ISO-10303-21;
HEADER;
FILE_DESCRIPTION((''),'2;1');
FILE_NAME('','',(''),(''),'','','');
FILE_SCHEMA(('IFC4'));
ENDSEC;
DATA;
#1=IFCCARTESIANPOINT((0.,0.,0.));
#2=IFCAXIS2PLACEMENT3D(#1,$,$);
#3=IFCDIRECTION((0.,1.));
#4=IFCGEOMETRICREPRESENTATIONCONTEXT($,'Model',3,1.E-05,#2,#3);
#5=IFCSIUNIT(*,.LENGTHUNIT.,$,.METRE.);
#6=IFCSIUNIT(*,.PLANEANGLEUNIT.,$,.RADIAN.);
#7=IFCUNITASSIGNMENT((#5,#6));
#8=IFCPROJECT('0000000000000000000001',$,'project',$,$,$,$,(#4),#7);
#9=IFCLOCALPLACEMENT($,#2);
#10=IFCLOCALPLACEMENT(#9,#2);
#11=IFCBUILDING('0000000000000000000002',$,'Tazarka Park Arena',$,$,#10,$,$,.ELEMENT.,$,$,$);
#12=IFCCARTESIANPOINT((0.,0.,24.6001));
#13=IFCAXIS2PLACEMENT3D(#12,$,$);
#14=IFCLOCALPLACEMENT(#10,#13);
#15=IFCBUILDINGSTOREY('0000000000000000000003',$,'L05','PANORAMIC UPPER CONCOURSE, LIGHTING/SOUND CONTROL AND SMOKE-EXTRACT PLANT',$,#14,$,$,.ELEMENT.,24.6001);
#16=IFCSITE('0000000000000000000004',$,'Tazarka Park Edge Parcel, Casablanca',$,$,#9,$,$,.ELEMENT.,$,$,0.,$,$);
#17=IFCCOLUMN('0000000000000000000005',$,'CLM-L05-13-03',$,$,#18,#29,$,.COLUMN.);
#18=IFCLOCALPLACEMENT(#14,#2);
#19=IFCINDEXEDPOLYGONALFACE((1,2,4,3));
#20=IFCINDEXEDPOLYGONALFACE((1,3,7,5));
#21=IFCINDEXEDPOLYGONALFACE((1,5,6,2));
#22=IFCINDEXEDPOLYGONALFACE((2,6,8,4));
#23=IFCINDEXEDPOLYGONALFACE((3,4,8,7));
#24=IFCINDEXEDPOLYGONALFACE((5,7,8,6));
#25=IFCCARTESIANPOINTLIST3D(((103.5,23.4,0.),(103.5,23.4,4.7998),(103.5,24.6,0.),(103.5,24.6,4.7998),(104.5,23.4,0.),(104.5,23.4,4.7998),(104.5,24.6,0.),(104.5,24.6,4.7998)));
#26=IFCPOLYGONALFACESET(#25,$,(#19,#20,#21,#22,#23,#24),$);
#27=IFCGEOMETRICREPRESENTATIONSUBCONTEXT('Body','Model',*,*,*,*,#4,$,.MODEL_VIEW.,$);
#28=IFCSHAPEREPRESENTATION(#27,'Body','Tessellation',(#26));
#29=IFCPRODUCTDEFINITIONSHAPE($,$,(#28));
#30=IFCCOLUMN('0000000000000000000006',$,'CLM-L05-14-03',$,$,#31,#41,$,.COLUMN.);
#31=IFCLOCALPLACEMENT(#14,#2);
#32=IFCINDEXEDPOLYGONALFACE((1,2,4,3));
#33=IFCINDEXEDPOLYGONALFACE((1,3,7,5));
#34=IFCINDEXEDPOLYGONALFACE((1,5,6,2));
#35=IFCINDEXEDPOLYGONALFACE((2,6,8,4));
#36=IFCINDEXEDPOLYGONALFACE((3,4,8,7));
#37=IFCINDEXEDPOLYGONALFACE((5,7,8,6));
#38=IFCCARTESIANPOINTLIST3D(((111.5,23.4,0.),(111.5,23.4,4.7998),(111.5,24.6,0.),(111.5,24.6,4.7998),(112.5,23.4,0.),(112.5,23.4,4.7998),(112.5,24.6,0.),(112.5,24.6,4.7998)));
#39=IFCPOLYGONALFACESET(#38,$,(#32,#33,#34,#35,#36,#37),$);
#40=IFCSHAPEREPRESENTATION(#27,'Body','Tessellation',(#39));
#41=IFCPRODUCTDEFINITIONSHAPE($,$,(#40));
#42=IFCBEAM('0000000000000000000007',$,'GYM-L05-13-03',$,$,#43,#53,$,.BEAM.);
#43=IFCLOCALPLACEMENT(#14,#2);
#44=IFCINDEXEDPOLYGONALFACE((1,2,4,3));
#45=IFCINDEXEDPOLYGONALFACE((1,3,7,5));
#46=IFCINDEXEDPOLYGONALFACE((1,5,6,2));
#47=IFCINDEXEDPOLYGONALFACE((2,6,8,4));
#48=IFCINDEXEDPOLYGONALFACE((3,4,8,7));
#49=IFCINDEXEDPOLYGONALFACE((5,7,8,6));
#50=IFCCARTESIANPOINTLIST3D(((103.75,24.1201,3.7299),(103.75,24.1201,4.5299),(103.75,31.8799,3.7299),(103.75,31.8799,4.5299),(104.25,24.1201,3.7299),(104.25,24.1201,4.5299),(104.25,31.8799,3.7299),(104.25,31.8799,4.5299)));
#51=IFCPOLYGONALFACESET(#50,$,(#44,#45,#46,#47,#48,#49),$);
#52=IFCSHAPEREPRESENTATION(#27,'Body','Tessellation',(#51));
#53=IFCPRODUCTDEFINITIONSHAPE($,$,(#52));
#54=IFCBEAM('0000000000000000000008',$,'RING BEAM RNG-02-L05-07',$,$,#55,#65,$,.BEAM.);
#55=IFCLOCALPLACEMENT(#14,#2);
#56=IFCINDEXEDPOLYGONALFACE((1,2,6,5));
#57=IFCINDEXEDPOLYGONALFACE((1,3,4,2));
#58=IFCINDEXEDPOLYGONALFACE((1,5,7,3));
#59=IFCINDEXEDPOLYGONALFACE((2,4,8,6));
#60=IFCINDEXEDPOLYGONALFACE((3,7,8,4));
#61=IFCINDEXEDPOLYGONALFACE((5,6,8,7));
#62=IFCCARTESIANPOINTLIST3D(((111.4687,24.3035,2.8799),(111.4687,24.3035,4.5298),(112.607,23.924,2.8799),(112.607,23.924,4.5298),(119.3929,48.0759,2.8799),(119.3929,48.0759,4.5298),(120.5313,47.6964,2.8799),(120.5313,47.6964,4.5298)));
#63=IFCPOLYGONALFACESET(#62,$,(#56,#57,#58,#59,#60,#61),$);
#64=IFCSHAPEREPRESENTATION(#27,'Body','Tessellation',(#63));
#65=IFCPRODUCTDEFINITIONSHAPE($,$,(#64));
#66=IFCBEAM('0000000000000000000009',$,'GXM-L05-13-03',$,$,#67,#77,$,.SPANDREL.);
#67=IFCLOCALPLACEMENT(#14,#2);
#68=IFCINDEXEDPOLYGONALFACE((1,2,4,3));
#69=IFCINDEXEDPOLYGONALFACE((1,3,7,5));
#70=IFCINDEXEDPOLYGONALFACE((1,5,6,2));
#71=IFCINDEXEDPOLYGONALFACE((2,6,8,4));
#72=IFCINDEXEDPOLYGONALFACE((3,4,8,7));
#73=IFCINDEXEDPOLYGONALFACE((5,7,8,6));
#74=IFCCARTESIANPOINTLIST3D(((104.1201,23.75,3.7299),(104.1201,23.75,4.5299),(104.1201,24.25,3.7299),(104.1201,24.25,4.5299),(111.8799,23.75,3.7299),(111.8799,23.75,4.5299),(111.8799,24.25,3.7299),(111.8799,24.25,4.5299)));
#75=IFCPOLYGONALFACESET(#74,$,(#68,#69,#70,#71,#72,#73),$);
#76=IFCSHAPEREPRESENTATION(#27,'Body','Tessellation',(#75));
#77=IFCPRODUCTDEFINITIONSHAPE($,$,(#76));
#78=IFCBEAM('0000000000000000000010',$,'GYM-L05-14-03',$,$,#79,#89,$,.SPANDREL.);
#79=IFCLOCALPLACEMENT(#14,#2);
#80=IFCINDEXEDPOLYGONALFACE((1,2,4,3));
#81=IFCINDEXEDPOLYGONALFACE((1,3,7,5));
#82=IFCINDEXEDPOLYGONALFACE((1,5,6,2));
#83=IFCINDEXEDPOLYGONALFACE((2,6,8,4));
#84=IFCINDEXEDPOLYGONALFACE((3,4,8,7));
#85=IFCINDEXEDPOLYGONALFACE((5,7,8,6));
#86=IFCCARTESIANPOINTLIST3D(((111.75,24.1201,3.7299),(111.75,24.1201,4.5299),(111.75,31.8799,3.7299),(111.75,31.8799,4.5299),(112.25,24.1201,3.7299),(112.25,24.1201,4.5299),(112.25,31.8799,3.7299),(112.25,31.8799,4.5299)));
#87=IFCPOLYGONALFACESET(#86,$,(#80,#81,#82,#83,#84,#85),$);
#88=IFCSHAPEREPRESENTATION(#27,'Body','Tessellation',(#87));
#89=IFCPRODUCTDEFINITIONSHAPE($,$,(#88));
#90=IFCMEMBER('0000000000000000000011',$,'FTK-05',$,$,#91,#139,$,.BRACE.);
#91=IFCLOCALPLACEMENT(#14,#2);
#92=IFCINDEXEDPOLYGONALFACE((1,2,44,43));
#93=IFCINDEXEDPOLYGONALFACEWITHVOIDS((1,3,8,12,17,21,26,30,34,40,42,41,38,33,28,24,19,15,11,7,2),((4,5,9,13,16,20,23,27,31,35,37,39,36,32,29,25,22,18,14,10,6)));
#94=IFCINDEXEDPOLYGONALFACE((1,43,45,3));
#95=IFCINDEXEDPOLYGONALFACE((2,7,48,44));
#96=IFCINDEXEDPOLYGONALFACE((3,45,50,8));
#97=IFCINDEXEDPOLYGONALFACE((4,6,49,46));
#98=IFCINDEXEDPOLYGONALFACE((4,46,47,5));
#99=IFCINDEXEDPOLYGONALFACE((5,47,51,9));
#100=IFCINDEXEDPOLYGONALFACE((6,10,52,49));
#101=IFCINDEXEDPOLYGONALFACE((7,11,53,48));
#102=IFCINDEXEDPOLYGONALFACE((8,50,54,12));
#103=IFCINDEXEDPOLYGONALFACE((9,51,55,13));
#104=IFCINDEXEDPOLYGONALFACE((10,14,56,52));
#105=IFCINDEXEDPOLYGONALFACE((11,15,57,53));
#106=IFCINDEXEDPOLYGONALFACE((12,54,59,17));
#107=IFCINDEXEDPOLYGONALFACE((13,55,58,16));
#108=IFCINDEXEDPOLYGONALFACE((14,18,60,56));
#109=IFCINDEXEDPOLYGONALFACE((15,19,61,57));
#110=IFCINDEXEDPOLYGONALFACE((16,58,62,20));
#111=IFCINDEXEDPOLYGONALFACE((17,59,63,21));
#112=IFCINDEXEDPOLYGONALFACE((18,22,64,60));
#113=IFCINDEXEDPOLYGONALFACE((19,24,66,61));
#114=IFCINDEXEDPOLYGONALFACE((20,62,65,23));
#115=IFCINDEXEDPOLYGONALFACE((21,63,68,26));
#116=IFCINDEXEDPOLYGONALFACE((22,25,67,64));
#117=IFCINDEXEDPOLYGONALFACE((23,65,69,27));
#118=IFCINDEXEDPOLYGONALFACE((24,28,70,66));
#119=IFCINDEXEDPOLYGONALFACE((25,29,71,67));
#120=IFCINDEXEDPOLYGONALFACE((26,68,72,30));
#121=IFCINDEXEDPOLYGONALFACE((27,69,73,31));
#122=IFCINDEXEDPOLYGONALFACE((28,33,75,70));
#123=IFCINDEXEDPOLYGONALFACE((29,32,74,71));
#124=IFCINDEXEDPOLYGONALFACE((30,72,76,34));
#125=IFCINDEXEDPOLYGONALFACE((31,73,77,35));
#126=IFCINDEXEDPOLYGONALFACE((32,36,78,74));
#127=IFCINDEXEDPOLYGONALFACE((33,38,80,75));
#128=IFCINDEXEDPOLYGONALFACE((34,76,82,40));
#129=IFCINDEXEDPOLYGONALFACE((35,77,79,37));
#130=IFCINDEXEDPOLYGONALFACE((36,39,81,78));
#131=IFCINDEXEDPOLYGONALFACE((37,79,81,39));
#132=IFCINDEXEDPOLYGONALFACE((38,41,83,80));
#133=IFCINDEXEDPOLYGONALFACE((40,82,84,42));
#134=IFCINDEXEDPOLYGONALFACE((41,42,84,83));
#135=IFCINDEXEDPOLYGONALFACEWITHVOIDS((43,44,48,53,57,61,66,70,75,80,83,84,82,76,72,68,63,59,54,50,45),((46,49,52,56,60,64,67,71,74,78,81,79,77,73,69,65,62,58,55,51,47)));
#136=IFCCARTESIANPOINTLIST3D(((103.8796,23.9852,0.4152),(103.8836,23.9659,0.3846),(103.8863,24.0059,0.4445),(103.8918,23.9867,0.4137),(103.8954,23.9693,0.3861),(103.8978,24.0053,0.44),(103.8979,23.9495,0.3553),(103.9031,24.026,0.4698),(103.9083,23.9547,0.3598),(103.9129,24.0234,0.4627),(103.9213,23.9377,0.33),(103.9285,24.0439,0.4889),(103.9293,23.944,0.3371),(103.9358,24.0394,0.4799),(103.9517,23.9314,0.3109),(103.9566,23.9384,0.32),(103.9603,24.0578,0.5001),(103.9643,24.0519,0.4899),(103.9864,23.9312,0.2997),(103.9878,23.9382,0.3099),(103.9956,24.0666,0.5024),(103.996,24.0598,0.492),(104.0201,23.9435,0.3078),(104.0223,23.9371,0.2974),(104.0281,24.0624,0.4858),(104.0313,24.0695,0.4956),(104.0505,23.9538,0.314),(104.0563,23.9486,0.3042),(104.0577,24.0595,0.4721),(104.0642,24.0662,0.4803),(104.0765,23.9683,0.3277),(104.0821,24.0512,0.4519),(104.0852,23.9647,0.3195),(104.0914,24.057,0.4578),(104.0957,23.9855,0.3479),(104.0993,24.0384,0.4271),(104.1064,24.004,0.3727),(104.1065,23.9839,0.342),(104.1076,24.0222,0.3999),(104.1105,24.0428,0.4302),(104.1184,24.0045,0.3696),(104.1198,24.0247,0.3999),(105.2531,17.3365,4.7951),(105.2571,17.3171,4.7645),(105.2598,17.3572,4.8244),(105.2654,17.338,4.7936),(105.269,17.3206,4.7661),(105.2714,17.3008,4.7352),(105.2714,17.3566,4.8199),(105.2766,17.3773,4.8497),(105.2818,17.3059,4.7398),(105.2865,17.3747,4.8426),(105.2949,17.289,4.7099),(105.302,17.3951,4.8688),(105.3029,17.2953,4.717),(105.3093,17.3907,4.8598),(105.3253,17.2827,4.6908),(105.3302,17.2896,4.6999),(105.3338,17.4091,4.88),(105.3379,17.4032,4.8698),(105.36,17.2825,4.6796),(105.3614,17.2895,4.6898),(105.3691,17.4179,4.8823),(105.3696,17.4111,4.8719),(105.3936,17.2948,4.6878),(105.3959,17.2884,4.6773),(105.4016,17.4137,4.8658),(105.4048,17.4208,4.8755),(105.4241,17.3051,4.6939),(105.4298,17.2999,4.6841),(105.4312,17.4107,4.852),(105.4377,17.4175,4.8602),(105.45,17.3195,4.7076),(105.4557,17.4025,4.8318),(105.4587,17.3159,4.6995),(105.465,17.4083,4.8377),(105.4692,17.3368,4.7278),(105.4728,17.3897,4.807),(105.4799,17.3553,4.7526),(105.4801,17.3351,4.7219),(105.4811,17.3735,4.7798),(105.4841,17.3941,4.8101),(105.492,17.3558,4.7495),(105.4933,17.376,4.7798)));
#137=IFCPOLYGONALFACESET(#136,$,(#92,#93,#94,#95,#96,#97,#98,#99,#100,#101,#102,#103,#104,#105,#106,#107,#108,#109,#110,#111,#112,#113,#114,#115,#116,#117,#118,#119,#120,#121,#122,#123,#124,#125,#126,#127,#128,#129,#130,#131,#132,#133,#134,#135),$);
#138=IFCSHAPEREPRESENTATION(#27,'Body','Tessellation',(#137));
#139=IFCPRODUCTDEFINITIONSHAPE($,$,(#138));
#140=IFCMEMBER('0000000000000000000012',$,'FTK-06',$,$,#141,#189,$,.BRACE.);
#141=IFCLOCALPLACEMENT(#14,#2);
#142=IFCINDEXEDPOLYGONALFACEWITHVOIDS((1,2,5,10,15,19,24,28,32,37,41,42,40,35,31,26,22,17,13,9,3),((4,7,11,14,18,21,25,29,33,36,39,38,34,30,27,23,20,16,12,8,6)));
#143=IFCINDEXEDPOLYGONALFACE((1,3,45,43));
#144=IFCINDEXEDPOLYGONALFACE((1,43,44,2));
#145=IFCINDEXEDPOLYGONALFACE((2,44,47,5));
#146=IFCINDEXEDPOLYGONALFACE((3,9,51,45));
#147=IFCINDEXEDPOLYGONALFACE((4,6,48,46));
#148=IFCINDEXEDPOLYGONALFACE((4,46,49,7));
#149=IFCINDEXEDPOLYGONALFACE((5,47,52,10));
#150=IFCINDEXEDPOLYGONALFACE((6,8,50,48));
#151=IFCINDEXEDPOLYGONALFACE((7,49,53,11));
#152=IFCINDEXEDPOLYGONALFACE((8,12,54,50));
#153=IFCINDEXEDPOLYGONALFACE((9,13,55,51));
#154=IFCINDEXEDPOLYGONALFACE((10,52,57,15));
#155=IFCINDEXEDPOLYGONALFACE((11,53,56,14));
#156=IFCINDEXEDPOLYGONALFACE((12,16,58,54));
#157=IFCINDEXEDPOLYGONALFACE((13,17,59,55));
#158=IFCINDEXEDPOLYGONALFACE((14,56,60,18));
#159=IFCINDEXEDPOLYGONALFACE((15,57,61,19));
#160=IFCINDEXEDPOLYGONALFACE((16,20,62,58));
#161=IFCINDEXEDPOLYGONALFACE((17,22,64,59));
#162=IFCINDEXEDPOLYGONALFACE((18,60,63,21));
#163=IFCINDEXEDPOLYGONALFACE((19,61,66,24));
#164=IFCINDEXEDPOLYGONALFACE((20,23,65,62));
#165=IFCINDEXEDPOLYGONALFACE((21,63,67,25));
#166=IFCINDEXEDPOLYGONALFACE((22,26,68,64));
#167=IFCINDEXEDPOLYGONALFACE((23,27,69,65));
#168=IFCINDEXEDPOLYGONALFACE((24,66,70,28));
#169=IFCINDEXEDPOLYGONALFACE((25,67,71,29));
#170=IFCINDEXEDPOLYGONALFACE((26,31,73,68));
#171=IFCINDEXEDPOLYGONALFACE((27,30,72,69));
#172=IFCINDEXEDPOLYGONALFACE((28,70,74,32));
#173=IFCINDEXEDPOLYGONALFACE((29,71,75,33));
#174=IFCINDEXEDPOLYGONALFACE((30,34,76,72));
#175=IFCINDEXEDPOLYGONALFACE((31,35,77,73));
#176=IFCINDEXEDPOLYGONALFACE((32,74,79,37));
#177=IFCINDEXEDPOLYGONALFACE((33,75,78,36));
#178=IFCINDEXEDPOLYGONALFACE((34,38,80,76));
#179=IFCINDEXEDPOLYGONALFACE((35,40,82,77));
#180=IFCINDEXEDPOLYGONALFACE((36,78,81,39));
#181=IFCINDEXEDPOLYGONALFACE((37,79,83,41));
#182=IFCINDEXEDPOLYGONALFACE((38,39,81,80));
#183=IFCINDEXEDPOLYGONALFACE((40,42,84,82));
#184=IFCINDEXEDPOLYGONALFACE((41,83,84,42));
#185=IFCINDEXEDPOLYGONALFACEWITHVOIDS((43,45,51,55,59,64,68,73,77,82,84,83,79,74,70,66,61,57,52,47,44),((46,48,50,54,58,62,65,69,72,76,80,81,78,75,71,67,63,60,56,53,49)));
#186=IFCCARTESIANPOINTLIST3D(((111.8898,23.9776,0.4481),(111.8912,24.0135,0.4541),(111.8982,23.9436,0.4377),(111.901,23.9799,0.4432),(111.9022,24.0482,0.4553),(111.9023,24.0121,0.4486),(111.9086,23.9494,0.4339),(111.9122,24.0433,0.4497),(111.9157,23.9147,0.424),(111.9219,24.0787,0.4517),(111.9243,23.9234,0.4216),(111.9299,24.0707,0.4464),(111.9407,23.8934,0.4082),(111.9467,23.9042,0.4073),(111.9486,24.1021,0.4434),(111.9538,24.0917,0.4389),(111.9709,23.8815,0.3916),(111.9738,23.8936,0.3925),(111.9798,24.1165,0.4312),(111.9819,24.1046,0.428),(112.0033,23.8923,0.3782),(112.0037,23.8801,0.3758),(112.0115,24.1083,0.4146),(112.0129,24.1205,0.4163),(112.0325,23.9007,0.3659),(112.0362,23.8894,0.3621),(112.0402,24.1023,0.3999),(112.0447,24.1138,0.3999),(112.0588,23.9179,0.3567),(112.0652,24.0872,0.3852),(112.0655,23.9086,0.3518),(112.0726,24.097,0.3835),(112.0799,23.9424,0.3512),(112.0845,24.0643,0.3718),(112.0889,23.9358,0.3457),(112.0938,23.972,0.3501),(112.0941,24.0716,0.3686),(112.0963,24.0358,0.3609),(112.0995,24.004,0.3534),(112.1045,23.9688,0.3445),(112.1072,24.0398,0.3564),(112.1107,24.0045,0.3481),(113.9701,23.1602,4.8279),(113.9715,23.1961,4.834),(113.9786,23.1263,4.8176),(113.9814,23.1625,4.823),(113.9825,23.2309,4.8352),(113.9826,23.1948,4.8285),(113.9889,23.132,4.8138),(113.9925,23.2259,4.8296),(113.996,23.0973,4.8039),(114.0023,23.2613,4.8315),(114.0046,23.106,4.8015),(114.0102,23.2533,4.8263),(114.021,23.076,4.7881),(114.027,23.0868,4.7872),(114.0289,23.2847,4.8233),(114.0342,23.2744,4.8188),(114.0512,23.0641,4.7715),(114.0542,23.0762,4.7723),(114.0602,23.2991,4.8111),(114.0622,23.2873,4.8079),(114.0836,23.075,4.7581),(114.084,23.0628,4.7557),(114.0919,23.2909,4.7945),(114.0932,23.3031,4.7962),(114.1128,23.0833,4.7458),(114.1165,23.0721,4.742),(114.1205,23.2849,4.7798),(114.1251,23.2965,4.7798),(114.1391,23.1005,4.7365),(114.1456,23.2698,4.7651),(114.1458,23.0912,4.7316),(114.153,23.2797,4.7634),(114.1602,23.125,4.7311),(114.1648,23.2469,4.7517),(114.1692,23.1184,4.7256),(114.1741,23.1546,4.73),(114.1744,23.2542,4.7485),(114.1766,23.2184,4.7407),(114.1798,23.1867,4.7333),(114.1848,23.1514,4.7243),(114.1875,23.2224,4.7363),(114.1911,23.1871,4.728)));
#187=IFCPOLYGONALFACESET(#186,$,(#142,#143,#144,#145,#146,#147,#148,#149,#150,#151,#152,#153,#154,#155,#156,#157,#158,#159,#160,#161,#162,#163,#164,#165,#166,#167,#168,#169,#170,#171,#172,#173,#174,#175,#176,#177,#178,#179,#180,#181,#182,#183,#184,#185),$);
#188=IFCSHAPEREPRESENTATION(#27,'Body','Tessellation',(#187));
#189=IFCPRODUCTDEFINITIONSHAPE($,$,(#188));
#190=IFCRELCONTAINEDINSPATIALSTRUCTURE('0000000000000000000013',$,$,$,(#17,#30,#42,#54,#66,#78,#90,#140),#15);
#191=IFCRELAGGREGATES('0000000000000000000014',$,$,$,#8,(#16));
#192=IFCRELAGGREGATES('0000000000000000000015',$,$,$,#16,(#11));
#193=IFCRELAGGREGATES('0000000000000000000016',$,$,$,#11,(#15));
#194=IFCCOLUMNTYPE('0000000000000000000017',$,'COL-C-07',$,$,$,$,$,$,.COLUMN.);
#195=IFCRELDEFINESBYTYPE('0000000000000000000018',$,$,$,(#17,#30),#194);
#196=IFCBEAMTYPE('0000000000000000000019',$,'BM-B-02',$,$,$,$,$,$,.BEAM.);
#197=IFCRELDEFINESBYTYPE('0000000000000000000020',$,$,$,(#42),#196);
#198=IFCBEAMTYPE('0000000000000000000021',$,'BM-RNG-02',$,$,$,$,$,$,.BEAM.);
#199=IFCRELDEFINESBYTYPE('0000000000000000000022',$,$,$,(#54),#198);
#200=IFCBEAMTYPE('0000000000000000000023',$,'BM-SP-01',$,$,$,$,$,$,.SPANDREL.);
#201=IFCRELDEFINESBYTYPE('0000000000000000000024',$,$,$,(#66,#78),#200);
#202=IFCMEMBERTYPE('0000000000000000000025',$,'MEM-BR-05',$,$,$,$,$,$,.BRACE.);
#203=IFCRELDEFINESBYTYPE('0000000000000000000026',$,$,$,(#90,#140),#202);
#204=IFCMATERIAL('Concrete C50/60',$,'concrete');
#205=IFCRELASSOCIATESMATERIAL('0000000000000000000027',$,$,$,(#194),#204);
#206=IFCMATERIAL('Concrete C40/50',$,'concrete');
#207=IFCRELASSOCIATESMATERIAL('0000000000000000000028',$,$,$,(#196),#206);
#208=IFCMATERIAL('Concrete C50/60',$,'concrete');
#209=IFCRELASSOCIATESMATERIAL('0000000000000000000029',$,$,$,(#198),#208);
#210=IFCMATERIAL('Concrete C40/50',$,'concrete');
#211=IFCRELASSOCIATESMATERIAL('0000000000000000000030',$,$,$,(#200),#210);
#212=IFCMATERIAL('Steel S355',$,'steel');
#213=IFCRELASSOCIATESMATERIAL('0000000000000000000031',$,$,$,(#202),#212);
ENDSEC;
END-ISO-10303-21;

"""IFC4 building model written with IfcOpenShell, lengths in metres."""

from ifc_helpers import new_model, si_unit, direction, frame, origin, origin_2d, place, context, subcontext, project, spatial, rectangle, hollow_circle, extrude, material, material_profile, profile_set, type_object, element, save


model = new_model("IFC4")

# Units and contexts
model_context = context("Model", 3, precision=1e-05, world=origin(), true_north=direction((0.0, 1.0)))
body_context = subcontext(model_context, "Body", "Model", "MODEL_VIEW")
ifc_project = project(units=[si_unit("LENGTHUNIT", "METRE"), si_unit("PLANEANGLEUNIT", "RADIAN")], contexts=[model_context])

# Site, building, storey
site_placement = place(None, origin())
site = spatial("IfcSite", under=ifc_project, at=site_placement, Name="Tazarka Park Edge Parcel, Casablanca", CompositionType="ELEMENT", RefElevation=0.0)
building_placement = place(site_placement, origin())
building = spatial("IfcBuilding", under=site, at=building_placement, Name="Tazarka Park Arena", CompositionType="ELEMENT")
storey_placement = place(building_placement, frame((0.0, 0.0, 24.6001)))
storey = spatial("IfcBuildingStorey", under=building, at=storey_placement, Name="L05", Description="PANORAMIC UPPER CONCOURSE, LIGHTING/SOUND CONTROL AND SMOKE-EXTRACT PLANT", CompositionType="ELEMENT", Elevation=24.6001)

# Columns
ifc_material_1 = material(Name="Concrete C50/60", Category="concrete")
ifc_material_profile_1 = material_profile(ifc_material_1, rectangle(XDim=1.0, YDim=1.2, at=origin_2d()), Name="Concrete C50/60")
ifc_profile_set_1 = profile_set([ifc_material_profile_1], Name="Concrete C50/60")
column_type = type_object("IfcColumnType", Name="COL-C-07", PredefinedType="COLUMN", material=ifc_profile_set_1)
for number, where, z_axis, x_axis, name in (
    (1, (104.0, 24.0, 0.0), (0.0, 0.0, 1.0), (1.0, 0.0, 0.0), "CLM-L05-13-03"),
    (2, (112.0, 24.0, 0.0), (0.0, 0.0, 1.0), (1.0, 0.0, 0.0), "CLM-L05-14-03"),
):
    element("IfcColumn", number, at=place(storey_placement, frame(where, z_axis=z_axis, x_axis=x_axis)), inside=storey, type_object=column_type, Name=name, PredefinedType="COLUMN", context=body_context, shape_type="SweptSolid", body=[
        extrude(rectangle(XDim=1.0, YDim=1.2, at=origin_2d()), origin(), (0.0, 0.0, 1.0), 4.7998),
    ])

# Beams
ifc_material_2 = material(Name="Concrete C40/50", Category="concrete")
ifc_material_profile_2 = material_profile(ifc_material_2, rectangle(XDim=0.5, YDim=0.8, at=origin_2d()), Name="Concrete C40/50")
ifc_profile_set_2 = profile_set([ifc_material_profile_2], Name="Concrete C40/50")
beam_type_1 = type_object("IfcBeamType", Name="BM-B-02", PredefinedType="BEAM", material=ifc_profile_set_2)
beam_1_placement = place(storey_placement, frame((104.0, 24.1201, 4.1299), z_axis=(0.0, 1.0, 0.0), x_axis=(-1.0, 0.0, 0.0)))
element("IfcBeam", 3, at=beam_1_placement, inside=storey, type_object=beam_type_1, Name="GYM-L05-13-03", PredefinedType="BEAM", context=body_context, shape_type="SweptSolid", body=[
    extrude(rectangle(XDim=0.5, YDim=0.8, at=origin_2d()), origin(), (0.0, 0.0, 1.0), 7.7598),
])
ifc_material_3 = material(Name="Concrete C50/60", Category="concrete")
ifc_material_profile_3 = material_profile(ifc_material_3, rectangle(XDim=1.2, YDim=1.6499, at=origin_2d()), Name="Concrete C50/60")
ifc_profile_set_3 = profile_set([ifc_material_profile_3], Name="Concrete C50/60")
beam_type_2 = type_object("IfcBeamType", Name="BM-RNG-02", PredefinedType="BEAM", material=ifc_profile_set_3)
beam_2_placement = place(storey_placement, frame((112.0378, 24.1138, 3.7048), z_axis=(0.316234, 0.948681, 0.0), x_axis=(-0.948681, 0.316234, 0.0)))
element("IfcBeam", 4, at=beam_2_placement, inside=storey, type_object=beam_type_2, Name="RING BEAM RNG-02-L05-07", PredefinedType="BEAM", context=body_context, shape_type="SweptSolid", body=[
    extrude(rectangle(XDim=1.2, YDim=1.6499, at=origin_2d()), origin(), (0.0, 0.0, 1.0), 25.0583),
])
ifc_material_4 = material(Name="Concrete C40/50", Category="concrete")
ifc_material_profile_4 = material_profile(ifc_material_4, rectangle(XDim=0.5, YDim=0.8, at=origin_2d()), Name="Concrete C40/50")
ifc_profile_set_4 = profile_set([ifc_material_profile_4], Name="Concrete C40/50")
beam_type_3 = type_object("IfcBeamType", Name="BM-SP-01", PredefinedType="SPANDREL", material=ifc_profile_set_4)
for number, where, z_axis, x_axis, name in (
    (5, (104.1201, 24.0, 4.1299), (1.0, 0.0, 0.0), (0.0, 1.0, 0.0), "GXM-L05-13-03"),
    (6, (112.0, 24.1201, 4.1299), (0.0, 1.0, 0.0), (-1.0, 0.0, 0.0), "GYM-L05-14-03"),
):
    element("IfcBeam", number, at=place(storey_placement, frame(where, z_axis=z_axis, x_axis=x_axis)), inside=storey, type_object=beam_type_3, Name=name, PredefinedType="SPANDREL", context=body_context, shape_type="SweptSolid", body=[
        extrude(rectangle(XDim=0.5, YDim=0.8, at=origin_2d()), origin(), (0.0, 0.0, 1.0), 7.7598),
    ])

# Members
ifc_material_5 = material(Name="Steel S355", Category="steel")
ifc_material_profile_5 = material_profile(ifc_material_5, hollow_circle(Radius=0.1223, WallThickness=0.0125, at=origin_2d()), Name="Steel S355")
ifc_profile_set_5 = profile_set([ifc_material_profile_5], Name="Steel S355")
member_type_1 = type_object("IfcMemberType", Name="MEM-BR-05", PredefinedType="BRACE", material=ifc_profile_set_5)
member_1_placement = place(storey_placement, frame((104.0, 24.0, 0.3999), z_axis=(0.170007, -0.822929, 0.542112), x_axis=(0.97932, 0.202315, 0.0)))
element("IfcMember", 7, at=member_1_placement, inside=storey, type_object=member_type_1, Name="FTK-05", PredefinedType="BRACE", context=body_context, shape_type="SweptSolid", body=[
    extrude(hollow_circle(Radius=0.1223, WallThickness=0.0125, at=origin_2d()), origin(), (0.0, 0.0, 1.0), 8.0793),
])
member_2_placement = place(storey_placement, frame((112.0, 24.0, 0.3999), z_axis=(0.423067, -0.166228, 0.89072), x_axis=(0.365696, 0.930734, 0.0)))
element("IfcMember", 8, at=member_2_placement, inside=storey, type_object=member_type_1, Name="FTK-06", PredefinedType="BRACE", context=body_context, shape_type="SweptSolid", body=[
    extrude(hollow_circle(Radius=0.1223, WallThickness=0.0125, at=origin_2d()), origin(), (0.0, 0.0, 1.0), 4.9172),
])

save(model, "model.ifc")
